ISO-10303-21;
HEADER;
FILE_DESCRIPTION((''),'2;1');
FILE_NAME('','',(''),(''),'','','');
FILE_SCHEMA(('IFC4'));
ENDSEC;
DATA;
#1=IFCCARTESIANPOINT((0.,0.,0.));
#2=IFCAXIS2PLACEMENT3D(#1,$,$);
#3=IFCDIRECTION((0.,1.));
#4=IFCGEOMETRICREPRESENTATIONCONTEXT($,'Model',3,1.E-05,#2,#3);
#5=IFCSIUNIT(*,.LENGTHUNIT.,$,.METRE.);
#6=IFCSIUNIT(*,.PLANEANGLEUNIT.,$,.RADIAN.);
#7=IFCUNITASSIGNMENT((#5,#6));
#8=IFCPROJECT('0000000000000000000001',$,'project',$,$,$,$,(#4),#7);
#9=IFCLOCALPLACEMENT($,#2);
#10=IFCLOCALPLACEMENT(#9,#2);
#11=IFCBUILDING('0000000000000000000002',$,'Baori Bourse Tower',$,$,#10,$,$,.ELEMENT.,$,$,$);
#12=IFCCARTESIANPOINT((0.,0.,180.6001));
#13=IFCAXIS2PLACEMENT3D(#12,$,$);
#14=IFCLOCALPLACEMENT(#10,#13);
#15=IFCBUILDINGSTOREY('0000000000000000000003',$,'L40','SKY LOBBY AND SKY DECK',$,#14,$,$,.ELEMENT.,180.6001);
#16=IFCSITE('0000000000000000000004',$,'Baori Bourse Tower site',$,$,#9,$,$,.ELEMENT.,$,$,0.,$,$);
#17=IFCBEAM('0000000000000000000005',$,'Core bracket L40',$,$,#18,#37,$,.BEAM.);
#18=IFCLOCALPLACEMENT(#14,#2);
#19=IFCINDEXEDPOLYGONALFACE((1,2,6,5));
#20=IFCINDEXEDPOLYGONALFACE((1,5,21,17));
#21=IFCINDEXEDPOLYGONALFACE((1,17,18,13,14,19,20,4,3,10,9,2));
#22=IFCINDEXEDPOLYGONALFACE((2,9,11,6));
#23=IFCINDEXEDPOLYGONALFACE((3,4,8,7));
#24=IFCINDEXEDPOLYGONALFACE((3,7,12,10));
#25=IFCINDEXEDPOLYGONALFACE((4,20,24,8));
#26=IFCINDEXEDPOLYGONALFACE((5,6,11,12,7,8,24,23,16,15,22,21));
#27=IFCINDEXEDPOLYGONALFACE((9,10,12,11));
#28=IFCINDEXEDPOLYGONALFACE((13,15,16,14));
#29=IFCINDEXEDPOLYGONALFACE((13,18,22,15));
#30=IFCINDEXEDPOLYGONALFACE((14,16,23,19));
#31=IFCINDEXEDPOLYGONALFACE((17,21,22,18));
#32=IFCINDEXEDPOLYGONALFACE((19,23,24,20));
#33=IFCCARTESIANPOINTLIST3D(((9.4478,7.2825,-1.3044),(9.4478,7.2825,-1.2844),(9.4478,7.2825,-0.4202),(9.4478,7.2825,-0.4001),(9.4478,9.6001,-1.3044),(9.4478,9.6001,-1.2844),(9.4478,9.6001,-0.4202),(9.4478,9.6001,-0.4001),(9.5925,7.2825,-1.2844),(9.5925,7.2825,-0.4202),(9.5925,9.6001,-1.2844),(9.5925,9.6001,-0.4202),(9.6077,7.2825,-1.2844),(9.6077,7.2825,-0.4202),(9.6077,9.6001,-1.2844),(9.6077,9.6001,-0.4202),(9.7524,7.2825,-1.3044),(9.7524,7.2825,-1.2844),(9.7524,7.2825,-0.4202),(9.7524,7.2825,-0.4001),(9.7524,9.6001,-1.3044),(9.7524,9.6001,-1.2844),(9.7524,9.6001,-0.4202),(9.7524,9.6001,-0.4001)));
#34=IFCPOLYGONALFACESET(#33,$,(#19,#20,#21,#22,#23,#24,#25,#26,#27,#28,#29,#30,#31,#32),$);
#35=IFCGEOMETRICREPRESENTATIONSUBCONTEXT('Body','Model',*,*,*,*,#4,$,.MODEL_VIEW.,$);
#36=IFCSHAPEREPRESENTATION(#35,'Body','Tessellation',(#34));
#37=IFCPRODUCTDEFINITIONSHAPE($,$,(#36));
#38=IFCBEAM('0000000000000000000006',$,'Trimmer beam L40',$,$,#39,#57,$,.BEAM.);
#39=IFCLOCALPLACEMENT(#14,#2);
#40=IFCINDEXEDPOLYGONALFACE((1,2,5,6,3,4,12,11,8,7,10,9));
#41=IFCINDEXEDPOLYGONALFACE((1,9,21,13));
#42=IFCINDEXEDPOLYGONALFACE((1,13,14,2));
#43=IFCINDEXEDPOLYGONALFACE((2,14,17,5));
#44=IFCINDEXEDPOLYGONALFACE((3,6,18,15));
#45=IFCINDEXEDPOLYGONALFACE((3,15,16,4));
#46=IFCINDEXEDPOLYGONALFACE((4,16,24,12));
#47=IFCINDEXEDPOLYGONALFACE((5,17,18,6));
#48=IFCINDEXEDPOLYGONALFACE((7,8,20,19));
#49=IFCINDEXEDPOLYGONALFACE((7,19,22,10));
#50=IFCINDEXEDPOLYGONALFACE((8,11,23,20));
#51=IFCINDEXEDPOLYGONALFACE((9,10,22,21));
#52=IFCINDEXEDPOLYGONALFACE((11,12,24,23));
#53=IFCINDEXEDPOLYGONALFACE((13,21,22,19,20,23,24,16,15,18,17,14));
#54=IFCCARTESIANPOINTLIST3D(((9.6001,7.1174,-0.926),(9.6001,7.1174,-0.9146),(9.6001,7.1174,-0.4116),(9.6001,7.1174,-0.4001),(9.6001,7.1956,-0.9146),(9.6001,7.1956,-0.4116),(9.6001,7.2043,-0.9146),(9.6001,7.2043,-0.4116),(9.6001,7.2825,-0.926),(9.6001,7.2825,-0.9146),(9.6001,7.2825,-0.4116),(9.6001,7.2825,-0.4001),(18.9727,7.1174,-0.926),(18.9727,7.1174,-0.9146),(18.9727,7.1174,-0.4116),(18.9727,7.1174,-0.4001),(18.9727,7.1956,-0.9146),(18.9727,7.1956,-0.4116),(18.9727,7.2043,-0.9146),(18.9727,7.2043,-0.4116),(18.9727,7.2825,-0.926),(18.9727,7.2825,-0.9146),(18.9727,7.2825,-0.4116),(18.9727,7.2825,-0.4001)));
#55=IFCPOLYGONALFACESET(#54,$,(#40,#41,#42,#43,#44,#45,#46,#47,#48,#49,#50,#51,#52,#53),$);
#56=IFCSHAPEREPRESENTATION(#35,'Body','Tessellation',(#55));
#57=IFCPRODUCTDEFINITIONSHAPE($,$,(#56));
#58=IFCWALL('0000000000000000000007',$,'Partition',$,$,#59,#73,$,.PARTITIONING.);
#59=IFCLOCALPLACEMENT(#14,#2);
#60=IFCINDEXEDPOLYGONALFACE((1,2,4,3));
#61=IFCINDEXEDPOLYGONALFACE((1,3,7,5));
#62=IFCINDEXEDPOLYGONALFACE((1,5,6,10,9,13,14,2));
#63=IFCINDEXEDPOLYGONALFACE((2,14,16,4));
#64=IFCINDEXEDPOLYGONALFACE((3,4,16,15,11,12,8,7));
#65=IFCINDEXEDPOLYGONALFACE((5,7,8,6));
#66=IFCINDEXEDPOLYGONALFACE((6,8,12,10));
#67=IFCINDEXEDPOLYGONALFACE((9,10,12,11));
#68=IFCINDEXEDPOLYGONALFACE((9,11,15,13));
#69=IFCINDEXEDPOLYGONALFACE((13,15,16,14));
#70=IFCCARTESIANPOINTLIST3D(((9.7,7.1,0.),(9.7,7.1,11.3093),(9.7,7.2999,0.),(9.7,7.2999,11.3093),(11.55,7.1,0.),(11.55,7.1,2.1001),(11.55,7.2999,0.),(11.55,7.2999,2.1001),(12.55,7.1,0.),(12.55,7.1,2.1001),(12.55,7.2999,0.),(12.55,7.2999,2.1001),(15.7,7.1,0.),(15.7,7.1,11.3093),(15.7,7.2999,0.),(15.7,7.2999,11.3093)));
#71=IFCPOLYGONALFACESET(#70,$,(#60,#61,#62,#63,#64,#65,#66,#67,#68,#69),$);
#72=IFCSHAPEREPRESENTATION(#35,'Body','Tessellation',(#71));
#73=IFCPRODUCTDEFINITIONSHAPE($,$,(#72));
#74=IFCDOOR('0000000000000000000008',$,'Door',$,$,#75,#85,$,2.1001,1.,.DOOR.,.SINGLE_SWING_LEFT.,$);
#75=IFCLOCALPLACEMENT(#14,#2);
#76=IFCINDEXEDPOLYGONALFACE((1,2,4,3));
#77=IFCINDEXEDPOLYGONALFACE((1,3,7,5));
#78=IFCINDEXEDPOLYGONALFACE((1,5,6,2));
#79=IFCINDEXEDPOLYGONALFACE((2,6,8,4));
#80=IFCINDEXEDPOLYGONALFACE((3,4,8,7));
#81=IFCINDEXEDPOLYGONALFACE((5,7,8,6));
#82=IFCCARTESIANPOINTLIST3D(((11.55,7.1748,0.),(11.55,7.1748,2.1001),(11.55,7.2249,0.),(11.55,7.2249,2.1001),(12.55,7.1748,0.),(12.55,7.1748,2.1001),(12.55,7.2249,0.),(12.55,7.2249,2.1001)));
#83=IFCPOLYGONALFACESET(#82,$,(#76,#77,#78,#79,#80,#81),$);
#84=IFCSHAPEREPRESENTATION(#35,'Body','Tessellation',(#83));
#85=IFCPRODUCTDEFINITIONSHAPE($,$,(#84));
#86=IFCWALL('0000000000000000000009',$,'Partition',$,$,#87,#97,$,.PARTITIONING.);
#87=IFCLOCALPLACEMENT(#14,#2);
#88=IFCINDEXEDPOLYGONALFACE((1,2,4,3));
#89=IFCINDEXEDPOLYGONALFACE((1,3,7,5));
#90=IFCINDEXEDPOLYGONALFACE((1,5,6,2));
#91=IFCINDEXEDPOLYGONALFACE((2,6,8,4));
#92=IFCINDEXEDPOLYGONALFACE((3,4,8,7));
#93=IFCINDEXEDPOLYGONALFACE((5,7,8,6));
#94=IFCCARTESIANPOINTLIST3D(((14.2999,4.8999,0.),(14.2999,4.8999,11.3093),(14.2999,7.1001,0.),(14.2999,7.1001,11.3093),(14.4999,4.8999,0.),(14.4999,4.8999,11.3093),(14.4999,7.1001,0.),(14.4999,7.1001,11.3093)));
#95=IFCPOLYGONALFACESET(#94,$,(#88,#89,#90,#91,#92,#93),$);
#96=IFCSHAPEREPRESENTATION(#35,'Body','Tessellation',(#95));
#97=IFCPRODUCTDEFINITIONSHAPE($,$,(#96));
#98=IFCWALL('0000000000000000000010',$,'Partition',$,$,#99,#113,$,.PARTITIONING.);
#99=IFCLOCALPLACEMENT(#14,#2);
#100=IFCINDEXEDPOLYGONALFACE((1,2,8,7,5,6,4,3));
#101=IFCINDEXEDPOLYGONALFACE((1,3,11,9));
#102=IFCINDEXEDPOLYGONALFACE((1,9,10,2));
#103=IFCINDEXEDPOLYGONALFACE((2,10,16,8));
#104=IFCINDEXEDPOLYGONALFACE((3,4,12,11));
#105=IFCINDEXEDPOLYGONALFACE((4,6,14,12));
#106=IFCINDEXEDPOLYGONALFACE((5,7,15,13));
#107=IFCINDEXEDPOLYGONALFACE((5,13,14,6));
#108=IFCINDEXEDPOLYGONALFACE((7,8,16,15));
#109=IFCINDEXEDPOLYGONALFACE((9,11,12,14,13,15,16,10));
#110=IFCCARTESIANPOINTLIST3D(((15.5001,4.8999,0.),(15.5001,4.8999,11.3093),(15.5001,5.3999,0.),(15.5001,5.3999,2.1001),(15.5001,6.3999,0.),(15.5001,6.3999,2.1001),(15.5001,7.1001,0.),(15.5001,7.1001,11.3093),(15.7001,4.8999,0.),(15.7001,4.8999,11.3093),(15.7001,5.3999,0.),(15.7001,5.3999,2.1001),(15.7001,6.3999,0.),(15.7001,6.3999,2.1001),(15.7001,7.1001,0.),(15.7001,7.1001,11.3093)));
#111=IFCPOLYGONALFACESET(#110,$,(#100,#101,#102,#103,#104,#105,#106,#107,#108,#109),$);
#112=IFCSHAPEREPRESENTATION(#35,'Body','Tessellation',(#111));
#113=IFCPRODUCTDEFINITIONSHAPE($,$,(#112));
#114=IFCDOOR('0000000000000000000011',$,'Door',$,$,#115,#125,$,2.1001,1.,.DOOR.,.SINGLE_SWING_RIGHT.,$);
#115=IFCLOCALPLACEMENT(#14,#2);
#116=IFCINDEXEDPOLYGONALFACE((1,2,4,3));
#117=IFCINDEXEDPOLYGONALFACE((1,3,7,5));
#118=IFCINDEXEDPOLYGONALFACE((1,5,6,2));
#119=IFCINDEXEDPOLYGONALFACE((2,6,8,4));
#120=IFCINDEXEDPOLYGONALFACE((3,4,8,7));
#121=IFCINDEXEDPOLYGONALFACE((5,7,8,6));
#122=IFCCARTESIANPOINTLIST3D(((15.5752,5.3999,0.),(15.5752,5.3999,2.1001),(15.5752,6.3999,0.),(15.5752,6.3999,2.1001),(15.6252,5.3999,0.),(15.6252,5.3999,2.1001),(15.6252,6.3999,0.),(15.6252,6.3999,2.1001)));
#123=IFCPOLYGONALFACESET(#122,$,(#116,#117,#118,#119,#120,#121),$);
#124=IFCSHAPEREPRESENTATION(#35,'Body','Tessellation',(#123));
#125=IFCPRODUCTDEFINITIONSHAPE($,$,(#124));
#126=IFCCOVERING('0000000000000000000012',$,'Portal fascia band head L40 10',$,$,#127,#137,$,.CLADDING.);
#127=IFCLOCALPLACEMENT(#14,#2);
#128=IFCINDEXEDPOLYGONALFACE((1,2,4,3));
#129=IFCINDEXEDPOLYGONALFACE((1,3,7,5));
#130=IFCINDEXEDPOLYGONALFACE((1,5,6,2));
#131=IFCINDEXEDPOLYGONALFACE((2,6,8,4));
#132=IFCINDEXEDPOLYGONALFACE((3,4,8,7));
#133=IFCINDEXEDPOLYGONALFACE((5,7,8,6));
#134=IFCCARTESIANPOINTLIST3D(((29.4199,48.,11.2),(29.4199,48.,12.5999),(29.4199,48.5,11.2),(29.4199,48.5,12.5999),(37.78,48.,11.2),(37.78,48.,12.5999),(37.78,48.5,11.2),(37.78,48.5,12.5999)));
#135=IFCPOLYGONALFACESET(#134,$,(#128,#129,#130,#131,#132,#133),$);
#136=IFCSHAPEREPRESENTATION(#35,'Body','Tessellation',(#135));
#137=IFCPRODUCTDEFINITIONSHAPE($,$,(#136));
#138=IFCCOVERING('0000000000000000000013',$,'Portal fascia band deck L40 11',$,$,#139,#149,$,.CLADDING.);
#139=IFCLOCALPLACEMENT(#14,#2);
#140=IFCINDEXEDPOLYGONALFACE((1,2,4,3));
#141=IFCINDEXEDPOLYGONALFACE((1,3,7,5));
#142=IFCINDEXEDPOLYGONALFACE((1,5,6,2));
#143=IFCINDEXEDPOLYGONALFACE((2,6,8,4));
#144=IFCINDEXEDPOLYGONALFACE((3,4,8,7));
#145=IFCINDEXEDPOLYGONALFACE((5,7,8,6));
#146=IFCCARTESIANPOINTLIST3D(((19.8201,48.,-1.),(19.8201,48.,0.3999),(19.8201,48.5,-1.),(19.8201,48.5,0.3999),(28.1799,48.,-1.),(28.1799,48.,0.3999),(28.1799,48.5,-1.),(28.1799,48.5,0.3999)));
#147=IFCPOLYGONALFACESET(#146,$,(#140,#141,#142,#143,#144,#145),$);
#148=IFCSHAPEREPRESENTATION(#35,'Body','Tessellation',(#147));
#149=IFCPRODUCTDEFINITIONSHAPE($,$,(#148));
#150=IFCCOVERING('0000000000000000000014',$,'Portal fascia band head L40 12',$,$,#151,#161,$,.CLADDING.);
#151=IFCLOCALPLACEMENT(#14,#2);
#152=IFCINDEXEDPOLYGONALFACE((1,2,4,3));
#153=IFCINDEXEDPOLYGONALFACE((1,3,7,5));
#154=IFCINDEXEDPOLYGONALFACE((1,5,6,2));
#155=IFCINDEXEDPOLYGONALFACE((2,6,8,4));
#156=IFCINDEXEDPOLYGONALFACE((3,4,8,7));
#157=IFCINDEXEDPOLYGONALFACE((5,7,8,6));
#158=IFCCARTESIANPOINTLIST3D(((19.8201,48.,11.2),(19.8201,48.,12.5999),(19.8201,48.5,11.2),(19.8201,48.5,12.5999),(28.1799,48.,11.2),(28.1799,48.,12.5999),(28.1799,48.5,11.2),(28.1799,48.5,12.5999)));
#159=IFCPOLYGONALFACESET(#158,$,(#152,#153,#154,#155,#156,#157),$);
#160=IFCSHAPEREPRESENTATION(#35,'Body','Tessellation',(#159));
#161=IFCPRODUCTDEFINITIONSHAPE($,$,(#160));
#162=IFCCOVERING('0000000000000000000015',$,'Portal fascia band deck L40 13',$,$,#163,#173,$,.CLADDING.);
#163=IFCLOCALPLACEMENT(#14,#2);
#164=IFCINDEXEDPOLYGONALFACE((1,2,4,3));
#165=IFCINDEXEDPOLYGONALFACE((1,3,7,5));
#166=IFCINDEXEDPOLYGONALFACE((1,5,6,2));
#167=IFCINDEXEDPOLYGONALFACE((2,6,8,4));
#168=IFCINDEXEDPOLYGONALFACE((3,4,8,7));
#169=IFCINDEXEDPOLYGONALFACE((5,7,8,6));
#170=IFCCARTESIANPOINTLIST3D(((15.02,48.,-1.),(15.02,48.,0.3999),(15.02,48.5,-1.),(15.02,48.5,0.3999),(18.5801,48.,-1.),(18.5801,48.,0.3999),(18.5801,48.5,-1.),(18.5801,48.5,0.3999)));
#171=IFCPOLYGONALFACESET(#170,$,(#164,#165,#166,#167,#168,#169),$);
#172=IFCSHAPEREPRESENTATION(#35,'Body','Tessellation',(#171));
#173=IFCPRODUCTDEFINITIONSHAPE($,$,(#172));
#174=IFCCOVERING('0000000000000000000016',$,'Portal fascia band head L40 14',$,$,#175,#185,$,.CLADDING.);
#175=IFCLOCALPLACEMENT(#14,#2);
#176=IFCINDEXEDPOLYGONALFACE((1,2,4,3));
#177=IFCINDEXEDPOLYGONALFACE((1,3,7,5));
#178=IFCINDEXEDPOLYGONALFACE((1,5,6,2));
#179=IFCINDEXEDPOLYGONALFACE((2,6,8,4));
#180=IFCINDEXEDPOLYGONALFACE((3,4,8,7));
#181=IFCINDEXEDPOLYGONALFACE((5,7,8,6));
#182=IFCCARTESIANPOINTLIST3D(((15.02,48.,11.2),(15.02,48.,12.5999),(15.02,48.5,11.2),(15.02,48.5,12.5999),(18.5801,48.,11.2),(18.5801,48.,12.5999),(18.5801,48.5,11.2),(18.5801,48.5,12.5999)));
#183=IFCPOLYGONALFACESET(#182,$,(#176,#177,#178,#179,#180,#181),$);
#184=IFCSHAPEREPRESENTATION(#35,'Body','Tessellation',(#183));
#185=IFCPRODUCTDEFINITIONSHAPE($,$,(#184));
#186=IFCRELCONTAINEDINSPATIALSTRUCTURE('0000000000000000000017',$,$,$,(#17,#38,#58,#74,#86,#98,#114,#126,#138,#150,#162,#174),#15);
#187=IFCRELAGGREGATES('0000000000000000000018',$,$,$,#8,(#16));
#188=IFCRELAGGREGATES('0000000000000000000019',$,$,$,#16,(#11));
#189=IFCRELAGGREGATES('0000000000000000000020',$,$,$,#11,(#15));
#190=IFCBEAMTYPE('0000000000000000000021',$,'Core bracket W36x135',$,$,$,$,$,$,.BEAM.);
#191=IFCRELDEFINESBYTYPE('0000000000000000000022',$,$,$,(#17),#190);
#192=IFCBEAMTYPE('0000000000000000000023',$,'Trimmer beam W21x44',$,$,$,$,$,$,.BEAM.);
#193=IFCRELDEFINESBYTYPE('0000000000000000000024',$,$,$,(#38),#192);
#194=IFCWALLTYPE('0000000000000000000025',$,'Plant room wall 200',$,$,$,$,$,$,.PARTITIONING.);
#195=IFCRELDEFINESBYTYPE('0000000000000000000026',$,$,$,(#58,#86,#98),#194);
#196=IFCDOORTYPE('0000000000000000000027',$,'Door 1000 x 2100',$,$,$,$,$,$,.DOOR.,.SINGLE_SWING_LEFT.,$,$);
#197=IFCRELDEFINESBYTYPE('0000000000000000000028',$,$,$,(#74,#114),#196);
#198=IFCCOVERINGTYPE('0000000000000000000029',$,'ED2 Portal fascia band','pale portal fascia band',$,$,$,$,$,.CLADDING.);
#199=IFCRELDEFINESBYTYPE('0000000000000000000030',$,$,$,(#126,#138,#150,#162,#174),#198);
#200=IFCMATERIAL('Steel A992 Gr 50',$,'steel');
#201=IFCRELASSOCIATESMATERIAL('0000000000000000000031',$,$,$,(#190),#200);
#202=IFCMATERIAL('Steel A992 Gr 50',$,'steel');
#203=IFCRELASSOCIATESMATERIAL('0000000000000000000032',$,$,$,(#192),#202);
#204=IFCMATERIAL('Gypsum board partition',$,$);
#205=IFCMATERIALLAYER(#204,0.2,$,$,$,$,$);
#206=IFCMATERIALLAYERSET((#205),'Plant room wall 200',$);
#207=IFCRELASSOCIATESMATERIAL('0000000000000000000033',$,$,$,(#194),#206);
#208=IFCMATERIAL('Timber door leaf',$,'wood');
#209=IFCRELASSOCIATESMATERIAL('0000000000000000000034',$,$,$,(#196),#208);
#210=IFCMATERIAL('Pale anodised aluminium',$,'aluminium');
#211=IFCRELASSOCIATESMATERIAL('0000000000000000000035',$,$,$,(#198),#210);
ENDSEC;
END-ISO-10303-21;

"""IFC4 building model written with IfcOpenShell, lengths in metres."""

from ifc_helpers import new_model, si_unit, direction, frame, frame_2d, origin, origin_2d, place, context, subcontext, project, spatial, polyline, rectangle, i_section, outline, extrude, material, layer, layer_set, material_profile, profile_set, type_object, element, fill, save


model = new_model("IFC4")

# Units and contexts
model_context = context("Model", 3, precision=1e-05, world=origin(), true_north=direction((0.0, 1.0)))
body_context = subcontext(model_context, "Body", "Model", "MODEL_VIEW")
ifc_project = project(units=[si_unit("LENGTHUNIT", "METRE"), si_unit("PLANEANGLEUNIT", "RADIAN")], contexts=[model_context])

# Site, building, storey
site_placement = place(None, origin())
site = spatial("IfcSite", under=ifc_project, at=site_placement, Name="Baori Bourse Tower site", CompositionType="ELEMENT", RefElevation=0.0)
building_placement = place(site_placement, origin())
building = spatial("IfcBuilding", under=site, at=building_placement, Name="Baori Bourse Tower", CompositionType="ELEMENT")
storey_placement = place(building_placement, frame((0.0, 0.0, 180.6001)))
storey = spatial("IfcBuildingStorey", under=building, at=storey_placement, Name="L40", Description="SKY LOBBY AND SKY DECK", CompositionType="ELEMENT", Elevation=180.6001)

# Beams
ifc_material_1 = material(Name="Steel A992 Gr 50", Category="steel")
ifc_material_profile_1 = material_profile(ifc_material_1, i_section(OverallWidth=0.3047, OverallDepth=0.9043, WebThickness=0.0151, FlangeThickness=0.02, at=origin_2d()), Name="W36x135")
ifc_profile_set_1 = profile_set([ifc_material_profile_1], Name="Steel A992 Gr 50")
beam_type_1 = type_object("IfcBeamType", Name="Core bracket W36x135", PredefinedType="BEAM", material=ifc_profile_set_1)
beam_1_placement = place(storey_placement, frame((9.6001, 7.2825, -0.8523), z_axis=(0.0, 1.0, 0.0), x_axis=(-1.0, 0.0, 0.0)))
element("IfcBeam", 1, at=beam_1_placement, inside=storey, type_object=beam_type_1, Name="Core bracket L40", PredefinedType="BEAM", context=body_context, shape_type="SweptSolid", body=[
    extrude(i_section(OverallWidth=0.3047, OverallDepth=0.9043, WebThickness=0.0151, FlangeThickness=0.02, at=origin_2d()), origin(), (0.0, 0.0, 1.0), 2.3176),
])
ifc_material_2 = material(Name="Steel A992 Gr 50", Category="steel")
ifc_material_profile_2 = material_profile(ifc_material_2, i_section(OverallWidth=0.165, OverallDepth=0.5259, WebThickness=0.0088, FlangeThickness=0.0115, at=origin_2d()), Name="W21x44")
ifc_profile_set_2 = profile_set([ifc_material_profile_2], Name="Steel A992 Gr 50")
beam_type_2 = type_object("IfcBeamType", Name="Trimmer beam W21x44", PredefinedType="BEAM", material=ifc_profile_set_2)
beam_2_placement = place(storey_placement, frame((9.6001, 7.2, -0.6631), z_axis=(1.0, 0.0, 0.0), x_axis=(0.0, 1.0, 0.0)))
element("IfcBeam", 2, at=beam_2_placement, inside=storey, type_object=beam_type_2, Name="Trimmer beam L40", PredefinedType="BEAM", context=body_context, shape_type="SweptSolid", body=[
    extrude(i_section(OverallWidth=0.165, OverallDepth=0.5259, WebThickness=0.0088, FlangeThickness=0.0115, at=origin_2d()), origin(), (0.0, 0.0, 1.0), 9.3726),
])

# Wall, opening, door
ifc_material_3 = material(Name="Gypsum board partition")
ifc_layer = layer(ifc_material_3, 0.2)
ifc_layer_set = layer_set([ifc_layer], Name="Plant room wall 200")
wall_type = type_object("IfcWallType", Name="Plant room wall 200", PredefinedType="PARTITIONING", material=ifc_layer_set)
wall_1_placement = place(storey_placement, frame((9.7, 7.2, 0.0), z_axis=(0.0, 0.0, 1.0), x_axis=(1.0, 0.0, 0.0)))
wall_1 = element("IfcWall", 3, at=wall_1_placement, inside=storey, type_object=wall_type, Name="Partition", PredefinedType="PARTITIONING", context=body_context, shape_type="SweptSolid", body=[
    extrude(rectangle(XDim=6.0, YDim=0.2, at=frame_2d((3.0, 0.0))), origin(), (0.0, 0.0, 1.0), 11.3093),
])
opening_1_placement = place(wall_1_placement, frame((1.8501, 0.0, 0.0)))
opening_1 = element("IfcOpeningElement", 4, at=opening_1_placement, cuts=wall_1, PredefinedType="OPENING", context=body_context, shape_type="SweptSolid", body=[
    extrude(rectangle(XDim=1.0, YDim=2.1001, at=frame_2d((0.5, 1.05))), frame((0.0, 0.1099, 0.0), z_axis=(0.0, -1.0, 0.0), x_axis=(1.0, 0.0, 0.0)), (0.0, 0.0, 1.0), 0.22),
])
ifc_material_4 = material(Name="Timber door leaf", Category="wood")
door_type = type_object("IfcDoorType", Name="Door 1000 x 2100", OperationType="SINGLE_SWING_LEFT", PredefinedType="DOOR", material=ifc_material_4)
door_1_placement = place(opening_1_placement, origin())
door_1 = element("IfcDoor", 5, at=door_1_placement, inside=storey, type_object=door_type, Name="Door", OperationType="SINGLE_SWING_LEFT", OverallHeight=2.1001, OverallWidth=1.0, PredefinedType="DOOR", context=body_context, shape_type="SweptSolid", body=[
    extrude(rectangle(XDim=1.0, YDim=2.1001, at=frame_2d((0.5, 1.05))), frame((0.0, 0.0249, 0.0), z_axis=(0.0, -1.0, 0.0), x_axis=(1.0, 0.0, 0.0)), (0.0, 0.0, 1.0), 0.05),
])
fill(opening_1, door_1)

# Wall
wall_2_placement = place(storey_placement, frame((14.3999, 4.8999, 0.0), z_axis=(0.0, 0.0, 1.0), x_axis=(0.0, 1.0, 0.0)))
element("IfcWall", 6, at=wall_2_placement, inside=storey, type_object=wall_type, Name="Partition", PredefinedType="PARTITIONING", context=body_context, shape_type="SweptSolid", body=[
    extrude(rectangle(XDim=2.2002, YDim=0.2, at=frame_2d((1.1001, 0.0))), origin(), (0.0, 0.0, 1.0), 11.3093),
])

# Wall, opening, door
wall_3_placement = place(storey_placement, frame((15.6001, 4.8999, 0.0), z_axis=(0.0, 0.0, 1.0), x_axis=(0.0, 1.0, 0.0)))
wall_3 = element("IfcWall", 7, at=wall_3_placement, inside=storey, type_object=wall_type, Name="Partition", PredefinedType="PARTITIONING", context=body_context, shape_type="SweptSolid", body=[
    extrude(rectangle(XDim=2.2002, YDim=0.2, at=frame_2d((1.1001, 0.0))), origin(), (0.0, 0.0, 1.0), 11.3093),
])
opening_2_placement = place(wall_3_placement, frame((0.5, 0.0, 0.0)))
opening_2 = element("IfcOpeningElement", 8, at=opening_2_placement, cuts=wall_3, PredefinedType="OPENING", context=body_context, shape_type="SweptSolid", body=[
    extrude(rectangle(XDim=1.0, YDim=2.1001, at=frame_2d((0.5, 1.05))), frame((0.0, 0.1099, 0.0), z_axis=(0.0, -1.0, 0.0), x_axis=(1.0, 0.0, 0.0)), (0.0, 0.0, 1.0), 0.22),
])
door_2_placement = place(opening_2_placement, origin())
door_2 = element("IfcDoor", 9, at=door_2_placement, inside=storey, type_object=door_type, Name="Door", OperationType="SINGLE_SWING_RIGHT", OverallHeight=2.1001, OverallWidth=1.0, PredefinedType="DOOR", context=body_context, shape_type="SweptSolid", body=[
    extrude(rectangle(XDim=1.0, YDim=2.1001, at=frame_2d((0.5, 1.05))), frame((0.0, 0.0249, 0.0), z_axis=(0.0, -1.0, 0.0), x_axis=(1.0, 0.0, 0.0)), (0.0, 0.0, 1.0), 0.05),
])
fill(opening_2, door_2)

# Coverings
ifc_material_5 = material(Name="Pale anodised aluminium", Category="aluminium")
covering_type = type_object("IfcCoveringType", Name="ED2 Portal fascia band", Description="pale portal fascia band", PredefinedType="CLADDING", material=ifc_material_5)
covering_placement = place(storey_placement, frame((0.0, 0.0, 11.2)))
element("IfcCovering", 10, at=covering_placement, inside=storey, type_object=covering_type, Name="Portal fascia band head L40 10", PredefinedType="CLADDING", context=body_context, shape_type="SweptSolid", body=[
    extrude(outline(polyline([(29.4199, 48.0), (37.78, 48.0), (37.78, 48.5), (29.4199, 48.5), (29.4199, 48.0)])), origin(), (0.0, 0.0, 1.0), 1.3999),
])
for number, where, name in (
    (11, (0.0, 0.0, -1.0), "Portal fascia band deck L40 11"),
    (12, (0.0, 0.0, 11.2), "Portal fascia band head L40 12"),
):
    element("IfcCovering", number, at=place(storey_placement, frame(where)), inside=storey, type_object=covering_type, Name=name, PredefinedType="CLADDING", context=body_context, shape_type="SweptSolid", body=[
        extrude(outline(polyline([(19.8201, 48.0), (28.1799, 48.0), (28.1799, 48.5), (19.8201, 48.5), (19.8201, 48.0)])), origin(), (0.0, 0.0, 1.0), 1.3999),
    ])
for number, where, name in (
    (13, (0.0, 0.0, -1.0), "Portal fascia band deck L40 13"),
    (14, (0.0, 0.0, 11.2), "Portal fascia band head L40 14"),
):
    element("IfcCovering", number, at=place(storey_placement, frame(where)), inside=storey, type_object=covering_type, Name=name, PredefinedType="CLADDING", context=body_context, shape_type="SweptSolid", body=[
        extrude(outline(polyline([(15.02, 48.0), (18.5801, 48.0), (18.5801, 48.5), (15.02, 48.5), (15.02, 48.0)])), origin(), (0.0, 0.0, 1.0), 1.3999),
    ])

save(model, "model.ifc")
